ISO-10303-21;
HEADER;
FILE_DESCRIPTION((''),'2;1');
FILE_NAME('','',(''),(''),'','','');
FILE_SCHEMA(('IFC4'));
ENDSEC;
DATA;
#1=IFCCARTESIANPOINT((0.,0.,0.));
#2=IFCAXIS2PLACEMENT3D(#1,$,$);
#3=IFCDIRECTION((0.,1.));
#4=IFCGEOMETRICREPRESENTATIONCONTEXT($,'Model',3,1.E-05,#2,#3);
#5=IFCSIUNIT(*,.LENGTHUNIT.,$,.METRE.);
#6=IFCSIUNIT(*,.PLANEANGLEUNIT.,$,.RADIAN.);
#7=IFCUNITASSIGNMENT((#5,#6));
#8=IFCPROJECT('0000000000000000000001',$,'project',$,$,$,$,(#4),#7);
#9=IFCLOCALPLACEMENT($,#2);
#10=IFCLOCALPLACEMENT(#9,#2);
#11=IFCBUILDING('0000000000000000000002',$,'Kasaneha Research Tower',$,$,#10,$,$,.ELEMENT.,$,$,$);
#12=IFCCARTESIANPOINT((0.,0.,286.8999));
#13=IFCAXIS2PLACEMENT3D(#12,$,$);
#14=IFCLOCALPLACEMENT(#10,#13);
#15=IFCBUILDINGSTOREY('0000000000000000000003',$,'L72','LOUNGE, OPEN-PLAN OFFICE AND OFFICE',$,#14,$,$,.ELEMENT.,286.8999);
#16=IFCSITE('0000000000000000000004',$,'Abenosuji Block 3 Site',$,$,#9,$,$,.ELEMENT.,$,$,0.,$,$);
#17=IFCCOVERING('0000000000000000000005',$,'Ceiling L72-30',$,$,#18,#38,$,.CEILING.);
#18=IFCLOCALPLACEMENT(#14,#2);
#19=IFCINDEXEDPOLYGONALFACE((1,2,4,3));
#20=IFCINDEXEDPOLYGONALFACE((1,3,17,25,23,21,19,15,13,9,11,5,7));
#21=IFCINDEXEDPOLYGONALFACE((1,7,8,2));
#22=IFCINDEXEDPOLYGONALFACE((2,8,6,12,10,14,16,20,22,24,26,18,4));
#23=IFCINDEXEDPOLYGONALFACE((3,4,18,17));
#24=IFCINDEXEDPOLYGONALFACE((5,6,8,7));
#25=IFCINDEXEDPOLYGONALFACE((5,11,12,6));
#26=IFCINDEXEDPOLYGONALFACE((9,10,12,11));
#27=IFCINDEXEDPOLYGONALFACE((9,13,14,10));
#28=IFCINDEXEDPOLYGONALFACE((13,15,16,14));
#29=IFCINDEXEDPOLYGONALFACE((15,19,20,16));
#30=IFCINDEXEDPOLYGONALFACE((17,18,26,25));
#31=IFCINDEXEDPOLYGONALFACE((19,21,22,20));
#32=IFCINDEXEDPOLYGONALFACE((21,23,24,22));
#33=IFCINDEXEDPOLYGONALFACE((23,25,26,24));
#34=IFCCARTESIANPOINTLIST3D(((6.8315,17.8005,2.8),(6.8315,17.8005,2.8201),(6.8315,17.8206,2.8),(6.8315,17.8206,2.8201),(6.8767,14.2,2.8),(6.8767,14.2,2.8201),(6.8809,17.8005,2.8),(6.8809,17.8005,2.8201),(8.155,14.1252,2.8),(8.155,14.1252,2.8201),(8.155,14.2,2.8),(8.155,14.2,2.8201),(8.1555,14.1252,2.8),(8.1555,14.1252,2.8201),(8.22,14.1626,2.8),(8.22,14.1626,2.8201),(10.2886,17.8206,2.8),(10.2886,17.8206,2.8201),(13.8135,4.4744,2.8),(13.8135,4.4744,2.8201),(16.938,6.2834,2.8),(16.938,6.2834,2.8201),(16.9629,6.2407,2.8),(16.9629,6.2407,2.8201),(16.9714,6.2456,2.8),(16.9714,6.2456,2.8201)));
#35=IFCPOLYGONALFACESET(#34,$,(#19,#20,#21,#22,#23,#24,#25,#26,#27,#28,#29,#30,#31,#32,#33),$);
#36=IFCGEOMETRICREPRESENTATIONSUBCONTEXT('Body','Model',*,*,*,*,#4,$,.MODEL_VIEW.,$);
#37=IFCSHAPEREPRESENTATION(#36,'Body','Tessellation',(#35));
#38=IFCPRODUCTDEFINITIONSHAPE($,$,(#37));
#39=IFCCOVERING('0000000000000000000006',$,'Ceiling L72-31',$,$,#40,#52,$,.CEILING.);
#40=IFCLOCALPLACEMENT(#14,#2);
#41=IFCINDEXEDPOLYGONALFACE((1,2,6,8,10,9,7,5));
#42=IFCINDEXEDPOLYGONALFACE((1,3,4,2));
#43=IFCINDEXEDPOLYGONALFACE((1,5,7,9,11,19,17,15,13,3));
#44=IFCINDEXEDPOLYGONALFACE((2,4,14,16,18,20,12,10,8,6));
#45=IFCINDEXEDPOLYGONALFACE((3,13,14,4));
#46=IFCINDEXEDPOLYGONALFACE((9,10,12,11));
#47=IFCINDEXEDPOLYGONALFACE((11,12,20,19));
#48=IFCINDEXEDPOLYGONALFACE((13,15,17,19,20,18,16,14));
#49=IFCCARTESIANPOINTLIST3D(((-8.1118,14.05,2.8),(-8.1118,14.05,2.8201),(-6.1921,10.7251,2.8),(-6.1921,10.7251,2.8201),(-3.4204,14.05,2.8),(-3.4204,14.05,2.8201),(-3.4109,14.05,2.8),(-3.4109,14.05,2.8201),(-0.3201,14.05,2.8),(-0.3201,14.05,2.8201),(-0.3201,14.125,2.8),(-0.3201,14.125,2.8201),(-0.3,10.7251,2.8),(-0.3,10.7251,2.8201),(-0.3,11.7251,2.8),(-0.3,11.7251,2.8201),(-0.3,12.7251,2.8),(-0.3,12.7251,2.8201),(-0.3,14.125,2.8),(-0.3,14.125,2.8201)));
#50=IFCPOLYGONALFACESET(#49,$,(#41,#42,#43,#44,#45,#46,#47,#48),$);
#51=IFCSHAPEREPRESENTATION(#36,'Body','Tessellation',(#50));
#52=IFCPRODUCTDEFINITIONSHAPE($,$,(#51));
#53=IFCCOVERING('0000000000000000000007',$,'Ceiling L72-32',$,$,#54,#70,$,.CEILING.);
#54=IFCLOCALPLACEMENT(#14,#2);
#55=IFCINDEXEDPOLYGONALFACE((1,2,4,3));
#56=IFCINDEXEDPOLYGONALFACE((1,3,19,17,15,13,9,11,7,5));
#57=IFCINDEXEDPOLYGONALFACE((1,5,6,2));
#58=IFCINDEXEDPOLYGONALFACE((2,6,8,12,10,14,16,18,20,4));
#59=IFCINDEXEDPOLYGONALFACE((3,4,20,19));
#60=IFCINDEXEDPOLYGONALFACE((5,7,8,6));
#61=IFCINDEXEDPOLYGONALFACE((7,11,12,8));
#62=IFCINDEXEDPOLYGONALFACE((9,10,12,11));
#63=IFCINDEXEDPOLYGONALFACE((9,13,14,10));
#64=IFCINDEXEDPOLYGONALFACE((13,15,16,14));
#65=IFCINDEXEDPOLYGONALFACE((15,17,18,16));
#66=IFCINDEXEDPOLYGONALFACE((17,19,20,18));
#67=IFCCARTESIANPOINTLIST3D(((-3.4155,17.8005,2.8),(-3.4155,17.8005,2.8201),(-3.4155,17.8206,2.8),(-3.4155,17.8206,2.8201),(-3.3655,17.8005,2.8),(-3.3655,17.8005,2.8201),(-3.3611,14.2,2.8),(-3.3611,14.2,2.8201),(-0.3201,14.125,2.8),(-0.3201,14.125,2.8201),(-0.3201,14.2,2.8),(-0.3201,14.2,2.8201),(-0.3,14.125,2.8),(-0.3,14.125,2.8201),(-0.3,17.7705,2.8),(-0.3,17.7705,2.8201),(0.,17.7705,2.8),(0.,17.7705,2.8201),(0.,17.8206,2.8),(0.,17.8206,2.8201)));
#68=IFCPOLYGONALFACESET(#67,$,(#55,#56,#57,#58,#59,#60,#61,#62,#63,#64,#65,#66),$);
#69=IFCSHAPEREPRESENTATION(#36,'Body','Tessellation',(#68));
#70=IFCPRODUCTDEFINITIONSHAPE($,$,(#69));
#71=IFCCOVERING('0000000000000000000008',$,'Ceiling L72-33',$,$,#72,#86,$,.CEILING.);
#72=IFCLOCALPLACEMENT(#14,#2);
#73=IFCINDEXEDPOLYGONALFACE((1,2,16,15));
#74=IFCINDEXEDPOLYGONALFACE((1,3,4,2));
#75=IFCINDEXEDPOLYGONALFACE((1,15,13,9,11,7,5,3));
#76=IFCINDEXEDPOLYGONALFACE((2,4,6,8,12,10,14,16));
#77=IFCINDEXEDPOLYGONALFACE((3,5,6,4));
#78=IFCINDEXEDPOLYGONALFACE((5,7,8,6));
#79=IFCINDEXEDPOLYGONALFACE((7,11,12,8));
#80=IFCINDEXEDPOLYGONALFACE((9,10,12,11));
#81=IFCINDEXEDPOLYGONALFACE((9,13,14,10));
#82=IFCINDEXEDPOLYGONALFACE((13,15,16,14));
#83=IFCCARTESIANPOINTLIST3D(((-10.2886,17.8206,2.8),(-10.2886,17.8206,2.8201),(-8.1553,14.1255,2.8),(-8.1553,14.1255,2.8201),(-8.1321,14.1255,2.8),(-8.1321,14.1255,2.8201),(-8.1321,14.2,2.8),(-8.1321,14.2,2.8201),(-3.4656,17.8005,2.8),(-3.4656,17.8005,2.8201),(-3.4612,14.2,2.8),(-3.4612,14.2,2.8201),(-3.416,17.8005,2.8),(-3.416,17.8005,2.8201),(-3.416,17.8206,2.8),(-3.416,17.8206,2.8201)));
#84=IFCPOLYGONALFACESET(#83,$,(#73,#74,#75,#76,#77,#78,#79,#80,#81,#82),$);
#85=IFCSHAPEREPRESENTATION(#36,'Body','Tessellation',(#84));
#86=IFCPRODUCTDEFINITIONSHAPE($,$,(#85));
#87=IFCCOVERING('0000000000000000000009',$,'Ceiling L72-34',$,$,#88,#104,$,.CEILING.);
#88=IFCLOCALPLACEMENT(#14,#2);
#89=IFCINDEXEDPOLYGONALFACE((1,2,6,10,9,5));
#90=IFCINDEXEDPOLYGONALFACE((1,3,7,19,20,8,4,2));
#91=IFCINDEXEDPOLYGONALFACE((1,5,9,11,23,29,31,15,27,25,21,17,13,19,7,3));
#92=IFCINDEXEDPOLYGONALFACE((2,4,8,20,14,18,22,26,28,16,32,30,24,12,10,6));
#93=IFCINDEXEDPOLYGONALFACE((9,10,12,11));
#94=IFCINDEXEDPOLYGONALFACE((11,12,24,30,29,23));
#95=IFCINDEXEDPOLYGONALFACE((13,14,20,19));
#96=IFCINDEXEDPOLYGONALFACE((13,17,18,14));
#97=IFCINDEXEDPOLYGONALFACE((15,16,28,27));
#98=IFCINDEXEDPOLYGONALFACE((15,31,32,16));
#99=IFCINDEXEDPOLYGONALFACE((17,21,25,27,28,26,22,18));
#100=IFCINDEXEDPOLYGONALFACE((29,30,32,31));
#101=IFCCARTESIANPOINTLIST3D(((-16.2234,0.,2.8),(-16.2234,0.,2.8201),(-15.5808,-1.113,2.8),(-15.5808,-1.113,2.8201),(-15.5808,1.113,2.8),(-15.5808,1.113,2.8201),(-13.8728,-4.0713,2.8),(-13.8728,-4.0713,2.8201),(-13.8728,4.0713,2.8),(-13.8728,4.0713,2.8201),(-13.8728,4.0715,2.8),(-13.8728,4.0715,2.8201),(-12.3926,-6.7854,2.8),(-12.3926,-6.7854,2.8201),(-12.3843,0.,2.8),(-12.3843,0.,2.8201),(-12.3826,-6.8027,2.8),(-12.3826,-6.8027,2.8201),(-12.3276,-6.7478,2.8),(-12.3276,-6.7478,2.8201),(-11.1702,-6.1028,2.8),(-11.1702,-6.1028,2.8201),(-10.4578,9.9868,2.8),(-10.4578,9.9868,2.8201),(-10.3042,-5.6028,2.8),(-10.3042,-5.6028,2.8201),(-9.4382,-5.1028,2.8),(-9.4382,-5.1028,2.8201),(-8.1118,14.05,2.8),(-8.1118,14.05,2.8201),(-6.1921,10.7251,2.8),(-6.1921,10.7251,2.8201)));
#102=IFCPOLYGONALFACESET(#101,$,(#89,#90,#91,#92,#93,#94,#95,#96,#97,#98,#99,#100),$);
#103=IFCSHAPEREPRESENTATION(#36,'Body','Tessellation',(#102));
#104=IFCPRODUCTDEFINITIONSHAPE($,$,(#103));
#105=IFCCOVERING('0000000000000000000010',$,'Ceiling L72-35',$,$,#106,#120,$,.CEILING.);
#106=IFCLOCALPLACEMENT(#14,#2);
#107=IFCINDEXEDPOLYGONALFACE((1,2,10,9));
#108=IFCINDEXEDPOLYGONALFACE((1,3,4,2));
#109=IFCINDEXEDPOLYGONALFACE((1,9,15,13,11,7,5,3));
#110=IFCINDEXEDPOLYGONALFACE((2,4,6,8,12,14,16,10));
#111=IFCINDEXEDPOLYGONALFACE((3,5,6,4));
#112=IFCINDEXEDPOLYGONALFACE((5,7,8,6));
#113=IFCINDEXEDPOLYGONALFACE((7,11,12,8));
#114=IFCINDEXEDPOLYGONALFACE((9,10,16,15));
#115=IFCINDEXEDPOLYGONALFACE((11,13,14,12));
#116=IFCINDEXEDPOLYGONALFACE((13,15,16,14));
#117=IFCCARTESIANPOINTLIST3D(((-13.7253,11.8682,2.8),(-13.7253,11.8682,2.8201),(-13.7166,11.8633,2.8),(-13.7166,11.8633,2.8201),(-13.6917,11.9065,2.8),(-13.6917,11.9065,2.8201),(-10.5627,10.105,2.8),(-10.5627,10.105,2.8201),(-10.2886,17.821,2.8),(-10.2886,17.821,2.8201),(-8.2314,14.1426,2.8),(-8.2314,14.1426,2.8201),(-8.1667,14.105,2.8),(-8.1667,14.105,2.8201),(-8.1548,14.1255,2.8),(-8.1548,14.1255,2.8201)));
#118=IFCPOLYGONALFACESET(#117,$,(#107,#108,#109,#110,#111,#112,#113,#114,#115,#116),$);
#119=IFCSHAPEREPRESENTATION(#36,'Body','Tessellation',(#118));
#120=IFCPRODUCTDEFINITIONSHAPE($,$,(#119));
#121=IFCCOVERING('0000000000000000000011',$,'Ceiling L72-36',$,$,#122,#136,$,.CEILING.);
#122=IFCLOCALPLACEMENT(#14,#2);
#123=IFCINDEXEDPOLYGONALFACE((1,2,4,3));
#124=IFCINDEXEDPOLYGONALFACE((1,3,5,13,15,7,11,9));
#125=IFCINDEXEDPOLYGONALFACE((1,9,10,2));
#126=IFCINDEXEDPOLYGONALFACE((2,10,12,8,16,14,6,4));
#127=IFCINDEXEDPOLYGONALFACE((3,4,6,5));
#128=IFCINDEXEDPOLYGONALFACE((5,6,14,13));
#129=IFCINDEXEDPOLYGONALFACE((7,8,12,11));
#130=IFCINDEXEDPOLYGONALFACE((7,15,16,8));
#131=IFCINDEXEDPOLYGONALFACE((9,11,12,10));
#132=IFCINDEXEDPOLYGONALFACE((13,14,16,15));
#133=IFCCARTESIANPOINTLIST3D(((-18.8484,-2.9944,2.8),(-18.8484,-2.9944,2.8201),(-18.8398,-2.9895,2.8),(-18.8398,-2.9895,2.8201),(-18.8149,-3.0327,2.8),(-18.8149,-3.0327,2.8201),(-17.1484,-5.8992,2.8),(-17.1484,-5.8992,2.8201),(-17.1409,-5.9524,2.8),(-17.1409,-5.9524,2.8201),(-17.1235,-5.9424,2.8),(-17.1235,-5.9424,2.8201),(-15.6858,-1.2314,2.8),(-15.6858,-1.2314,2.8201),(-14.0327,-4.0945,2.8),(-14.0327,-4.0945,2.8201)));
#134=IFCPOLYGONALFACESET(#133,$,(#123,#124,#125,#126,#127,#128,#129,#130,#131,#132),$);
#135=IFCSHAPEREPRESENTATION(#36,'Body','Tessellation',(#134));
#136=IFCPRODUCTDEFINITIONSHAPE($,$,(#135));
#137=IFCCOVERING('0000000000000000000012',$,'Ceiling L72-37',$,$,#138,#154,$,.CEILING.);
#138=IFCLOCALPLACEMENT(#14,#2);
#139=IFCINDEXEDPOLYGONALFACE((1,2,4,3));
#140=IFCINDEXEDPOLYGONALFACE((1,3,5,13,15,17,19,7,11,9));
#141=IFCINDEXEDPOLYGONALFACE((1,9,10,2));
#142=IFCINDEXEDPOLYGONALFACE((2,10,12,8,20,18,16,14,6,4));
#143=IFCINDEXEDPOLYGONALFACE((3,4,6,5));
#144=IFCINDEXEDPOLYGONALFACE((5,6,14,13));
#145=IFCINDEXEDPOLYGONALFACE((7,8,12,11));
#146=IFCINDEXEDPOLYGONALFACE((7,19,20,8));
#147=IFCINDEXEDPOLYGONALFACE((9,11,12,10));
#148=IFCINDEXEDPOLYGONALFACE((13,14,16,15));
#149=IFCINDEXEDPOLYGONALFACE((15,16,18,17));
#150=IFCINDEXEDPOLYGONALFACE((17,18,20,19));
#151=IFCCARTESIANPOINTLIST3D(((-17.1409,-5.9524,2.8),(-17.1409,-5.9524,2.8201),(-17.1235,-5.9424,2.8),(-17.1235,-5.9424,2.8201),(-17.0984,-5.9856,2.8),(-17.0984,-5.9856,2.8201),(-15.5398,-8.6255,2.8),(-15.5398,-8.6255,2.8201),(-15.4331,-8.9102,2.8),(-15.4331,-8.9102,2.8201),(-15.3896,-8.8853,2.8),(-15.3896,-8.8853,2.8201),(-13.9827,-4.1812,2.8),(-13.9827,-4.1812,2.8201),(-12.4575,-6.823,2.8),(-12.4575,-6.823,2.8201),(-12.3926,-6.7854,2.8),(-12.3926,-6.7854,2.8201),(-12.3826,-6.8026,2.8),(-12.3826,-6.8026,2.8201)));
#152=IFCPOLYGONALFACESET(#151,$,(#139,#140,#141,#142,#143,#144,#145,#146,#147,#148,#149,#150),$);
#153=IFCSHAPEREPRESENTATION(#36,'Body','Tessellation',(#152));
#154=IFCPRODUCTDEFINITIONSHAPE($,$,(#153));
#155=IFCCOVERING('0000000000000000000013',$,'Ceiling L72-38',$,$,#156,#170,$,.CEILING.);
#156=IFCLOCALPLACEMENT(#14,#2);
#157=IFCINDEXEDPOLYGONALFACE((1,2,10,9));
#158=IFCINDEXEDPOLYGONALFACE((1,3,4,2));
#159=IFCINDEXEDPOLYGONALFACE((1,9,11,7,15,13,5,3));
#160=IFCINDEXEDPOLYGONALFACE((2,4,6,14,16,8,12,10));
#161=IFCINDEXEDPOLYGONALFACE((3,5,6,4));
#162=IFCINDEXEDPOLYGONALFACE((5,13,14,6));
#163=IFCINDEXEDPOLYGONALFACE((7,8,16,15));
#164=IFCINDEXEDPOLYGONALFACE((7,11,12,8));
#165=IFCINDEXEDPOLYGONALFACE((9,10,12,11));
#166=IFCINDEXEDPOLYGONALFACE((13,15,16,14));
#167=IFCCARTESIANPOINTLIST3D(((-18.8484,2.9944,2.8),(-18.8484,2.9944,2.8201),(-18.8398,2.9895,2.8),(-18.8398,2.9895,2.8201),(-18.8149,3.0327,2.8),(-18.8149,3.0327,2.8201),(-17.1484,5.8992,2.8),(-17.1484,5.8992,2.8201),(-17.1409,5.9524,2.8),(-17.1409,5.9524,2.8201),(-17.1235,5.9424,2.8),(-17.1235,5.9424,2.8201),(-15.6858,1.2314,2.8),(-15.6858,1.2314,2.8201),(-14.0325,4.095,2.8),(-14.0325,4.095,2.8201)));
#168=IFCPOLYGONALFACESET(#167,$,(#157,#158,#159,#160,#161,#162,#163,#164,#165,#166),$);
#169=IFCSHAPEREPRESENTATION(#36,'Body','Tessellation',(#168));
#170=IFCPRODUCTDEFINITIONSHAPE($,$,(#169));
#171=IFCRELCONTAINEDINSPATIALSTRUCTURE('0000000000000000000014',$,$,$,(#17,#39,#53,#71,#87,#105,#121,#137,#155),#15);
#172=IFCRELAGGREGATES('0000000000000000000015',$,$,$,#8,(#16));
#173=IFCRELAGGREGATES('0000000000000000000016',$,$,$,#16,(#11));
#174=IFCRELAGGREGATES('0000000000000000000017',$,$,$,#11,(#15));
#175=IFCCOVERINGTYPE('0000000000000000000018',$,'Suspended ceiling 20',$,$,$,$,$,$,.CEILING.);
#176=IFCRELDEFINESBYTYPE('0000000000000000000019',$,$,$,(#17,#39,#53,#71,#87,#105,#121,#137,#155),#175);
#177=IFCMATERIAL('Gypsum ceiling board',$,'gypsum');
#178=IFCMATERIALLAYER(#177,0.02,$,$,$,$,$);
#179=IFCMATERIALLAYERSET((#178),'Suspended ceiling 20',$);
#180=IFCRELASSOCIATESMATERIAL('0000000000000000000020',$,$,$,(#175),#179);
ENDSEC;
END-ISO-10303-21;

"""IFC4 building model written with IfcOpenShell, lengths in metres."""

from ifc_helpers import new_model, si_unit, direction, frame, origin, place, context, subcontext, project, spatial, polyline, outline, extrude, material, layer, layer_set, type_object, element, save


model = new_model("IFC4")

# Units and contexts
model_context = context("Model", 3, precision=1e-05, world=origin(), true_north=direction((0.0, 1.0)))
body_context = subcontext(model_context, "Body", "Model", "MODEL_VIEW")
ifc_project = project(units=[si_unit("LENGTHUNIT", "METRE"), si_unit("PLANEANGLEUNIT", "RADIAN")], contexts=[model_context])

# Site, building, storey
site_placement = place(None, origin())
site = spatial("IfcSite", under=ifc_project, at=site_placement, Name="Abenosuji Block 3 Site", CompositionType="ELEMENT", RefElevation=0.0)
building_placement = place(site_placement, origin())
building = spatial("IfcBuilding", under=site, at=building_placement, Name="Kasaneha Research Tower", CompositionType="ELEMENT")
storey_placement = place(building_placement, frame((0.0, 0.0, 286.8999)))
storey = spatial("IfcBuildingStorey", under=building, at=storey_placement, Name="L72", Description="LOUNGE, OPEN-PLAN OFFICE AND OFFICE", CompositionType="ELEMENT", Elevation=286.8999)

# Coverings
ifc_material_1 = material(Name="Gypsum ceiling board", Category="gypsum")
ifc_layer_1 = layer(ifc_material_1, 0.02)
ifc_layer_set_1 = layer_set([ifc_layer_1], Name="Suspended ceiling 20")
covering_type_1 = type_object("IfcCoveringType", Name="Suspended ceiling 20", PredefinedType="CEILING", material=ifc_layer_set_1)
covering_1_placement = place(storey_placement, frame((0.0, 0.0, 2.8)))
element("IfcCovering", 1, at=covering_1_placement, inside=storey, type_object=covering_type_1, Name="Ceiling L72-30", PredefinedType="CEILING", context=body_context, shape_type="SweptSolid", body=[
    extrude(outline(polyline([(16.9629, 6.2407), (16.938, 6.2834), (13.8135, 4.4744), (8.22, 14.1626), (8.1555, 14.1252), (8.1555, 14.1252), (8.155, 14.1252), (8.155, 14.2), (6.8767, 14.2), (6.8809, 17.8005), (6.8315, 17.8005), (6.8315, 17.8206), (10.2886, 17.8206), (16.9714, 6.2456), (16.9629, 6.2407)])), origin(), (0.0, 0.0, 1.0), 0.02),
])
covering_2_placement = place(storey_placement, frame((0.0, 0.0, 2.8)))
element("IfcCovering", 2, at=covering_2_placement, inside=storey, type_object=covering_type_1, Name="Ceiling L72-31", PredefinedType="CEILING", context=body_context, shape_type="SweptSolid", body=[
    extrude(outline(polyline([(-0.3, 11.7251), (-0.3, 10.7251), (-6.1921, 10.7251), (-8.1118, 14.05), (-8.1118, 14.05), (-3.4204, 14.05), (-3.4109, 14.05), (-0.3201, 14.05), (-0.3201, 14.125), (-0.3, 14.125), (-0.3, 12.7251), (-0.3, 11.7251)])), origin(), (0.0, 0.0, 1.0), 0.02),
])
covering_3_placement = place(storey_placement, frame((0.0, 0.0, 2.8)))
element("IfcCovering", 3, at=covering_3_placement, inside=storey, type_object=covering_type_1, Name="Ceiling L72-32", PredefinedType="CEILING", context=body_context, shape_type="SweptSolid", body=[
    extrude(outline(polyline([(0.0, 17.7705), (-0.3, 17.7705), (-0.3, 17.7705), (-0.3, 14.125), (-0.3201, 14.125), (-0.3201, 14.2), (-3.3611, 14.2), (-3.3655, 17.8005), (-3.4155, 17.8005), (-3.4155, 17.8206), (0.0, 17.8206), (0.0, 17.7705)])), origin(), (0.0, 0.0, 1.0), 0.02),
])
covering_4_placement = place(storey_placement, frame((0.0, 0.0, 2.8)))
element("IfcCovering", 4, at=covering_4_placement, inside=storey, type_object=covering_type_1, Name="Ceiling L72-33", PredefinedType="CEILING", context=body_context, shape_type="SweptSolid", body=[
    extrude(outline(polyline([(-3.416, 17.8005), (-3.4656, 17.8005), (-3.4612, 14.2), (-8.1321, 14.2), (-8.1321, 14.1255), (-8.1553, 14.1255), (-10.2886, 17.8206), (-3.416, 17.8206), (-3.416, 17.8005)])), origin(), (0.0, 0.0, 1.0), 0.02),
])
covering_5_placement = place(storey_placement, frame((0.0, 0.0, 2.8)))
element("IfcCovering", 5, at=covering_5_placement, inside=storey, type_object=covering_type_1, Name="Ceiling L72-34", PredefinedType="CEILING", context=body_context, shape_type="SweptSolid", body=[
    extrude(outline(polyline([(-12.3843, 0.0), (-9.4382, -5.1028), (-10.3042, -5.6028), (-10.3042, -5.6028), (-11.1702, -6.1028), (-11.1702, -6.1028), (-12.3826, -6.8027), (-12.3926, -6.7854), (-12.3276, -6.7478), (-13.8728, -4.0713), (-13.8728, -4.0713), (-15.5808, -1.113), (-15.5808, -1.113), (-16.2234, 0.0), (-15.5808, 1.113), (-15.5808, 1.113), (-13.8728, 4.0713), (-13.8728, 4.0715), (-10.4578, 9.9868), (-10.4578, 9.9868), (-8.1118, 14.05), (-6.1921, 10.7251), (-12.3843, 0.0)])), origin(), (0.0, 0.0, 1.0), 0.02),
])
covering_6_placement = place(storey_placement, frame((0.0, 0.0, 2.8)))
element("IfcCovering", 6, at=covering_6_placement, inside=storey, type_object=covering_type_1, Name="Ceiling L72-35", PredefinedType="CEILING", context=body_context, shape_type="SweptSolid", body=[
    extrude(outline(polyline([(-8.1548, 14.1255), (-8.1667, 14.105), (-8.2314, 14.1426), (-10.5627, 10.105), (-13.6917, 11.9065), (-13.7166, 11.8633), (-13.7253, 11.8682), (-10.2886, 17.821), (-8.1548, 14.1255)])), origin(), (0.0, 0.0, 1.0), 0.02),
])
covering_7_placement = place(storey_placement, frame((0.0, 0.0, 2.8)))
element("IfcCovering", 7, at=covering_7_placement, inside=storey, type_object=covering_type_1, Name="Ceiling L72-36", PredefinedType="CEILING", context=body_context, shape_type="SweptSolid", body=[
    extrude(outline(polyline([(-18.8398, -2.9895), (-18.8149, -3.0327), (-15.6858, -1.2314), (-14.0327, -4.0945), (-17.1484, -5.8992), (-17.1235, -5.9424), (-17.1409, -5.9524), (-18.8484, -2.9944), (-18.8398, -2.9895)])), origin(), (0.0, 0.0, 1.0), 0.02),
])
covering_8_placement = place(storey_placement, frame((0.0, 0.0, 2.8)))
element("IfcCovering", 8, at=covering_8_placement, inside=storey, type_object=covering_type_1, Name="Ceiling L72-37", PredefinedType="CEILING", context=body_context, shape_type="SweptSolid", body=[
    extrude(outline(polyline([(-15.5398, -8.6255), (-15.5398, -8.6255), (-15.3896, -8.8853), (-15.4331, -8.9102), (-17.1409, -5.9524), (-17.1235, -5.9424), (-17.0984, -5.9856), (-13.9827, -4.1812), (-12.4575, -6.823), (-12.3926, -6.7854), (-12.3826, -6.8027), (-12.1228, -6.6526), (-15.5398, -8.6255), (-15.5398, -8.6255)])), origin(), (0.0, 0.0, 1.0), 0.02),
])
covering_9_placement = place(storey_placement, frame((0.0, 0.0, 2.8)))
element("IfcCovering", 9, at=covering_9_placement, inside=storey, type_object=covering_type_1, Name="Ceiling L72-38", PredefinedType="CEILING", context=body_context, shape_type="SweptSolid", body=[
    extrude(outline(polyline([(-17.1235, 5.9424), (-17.1484, 5.8992), (-14.0325, 4.095), (-15.6858, 1.2314), (-18.8149, 3.0327), (-18.8398, 2.9895), (-18.8484, 2.9944), (-17.1409, 5.9524), (-17.1235, 5.9424)])), origin(), (0.0, 0.0, 1.0), 0.02),
])

save(model, "model.ifc")
